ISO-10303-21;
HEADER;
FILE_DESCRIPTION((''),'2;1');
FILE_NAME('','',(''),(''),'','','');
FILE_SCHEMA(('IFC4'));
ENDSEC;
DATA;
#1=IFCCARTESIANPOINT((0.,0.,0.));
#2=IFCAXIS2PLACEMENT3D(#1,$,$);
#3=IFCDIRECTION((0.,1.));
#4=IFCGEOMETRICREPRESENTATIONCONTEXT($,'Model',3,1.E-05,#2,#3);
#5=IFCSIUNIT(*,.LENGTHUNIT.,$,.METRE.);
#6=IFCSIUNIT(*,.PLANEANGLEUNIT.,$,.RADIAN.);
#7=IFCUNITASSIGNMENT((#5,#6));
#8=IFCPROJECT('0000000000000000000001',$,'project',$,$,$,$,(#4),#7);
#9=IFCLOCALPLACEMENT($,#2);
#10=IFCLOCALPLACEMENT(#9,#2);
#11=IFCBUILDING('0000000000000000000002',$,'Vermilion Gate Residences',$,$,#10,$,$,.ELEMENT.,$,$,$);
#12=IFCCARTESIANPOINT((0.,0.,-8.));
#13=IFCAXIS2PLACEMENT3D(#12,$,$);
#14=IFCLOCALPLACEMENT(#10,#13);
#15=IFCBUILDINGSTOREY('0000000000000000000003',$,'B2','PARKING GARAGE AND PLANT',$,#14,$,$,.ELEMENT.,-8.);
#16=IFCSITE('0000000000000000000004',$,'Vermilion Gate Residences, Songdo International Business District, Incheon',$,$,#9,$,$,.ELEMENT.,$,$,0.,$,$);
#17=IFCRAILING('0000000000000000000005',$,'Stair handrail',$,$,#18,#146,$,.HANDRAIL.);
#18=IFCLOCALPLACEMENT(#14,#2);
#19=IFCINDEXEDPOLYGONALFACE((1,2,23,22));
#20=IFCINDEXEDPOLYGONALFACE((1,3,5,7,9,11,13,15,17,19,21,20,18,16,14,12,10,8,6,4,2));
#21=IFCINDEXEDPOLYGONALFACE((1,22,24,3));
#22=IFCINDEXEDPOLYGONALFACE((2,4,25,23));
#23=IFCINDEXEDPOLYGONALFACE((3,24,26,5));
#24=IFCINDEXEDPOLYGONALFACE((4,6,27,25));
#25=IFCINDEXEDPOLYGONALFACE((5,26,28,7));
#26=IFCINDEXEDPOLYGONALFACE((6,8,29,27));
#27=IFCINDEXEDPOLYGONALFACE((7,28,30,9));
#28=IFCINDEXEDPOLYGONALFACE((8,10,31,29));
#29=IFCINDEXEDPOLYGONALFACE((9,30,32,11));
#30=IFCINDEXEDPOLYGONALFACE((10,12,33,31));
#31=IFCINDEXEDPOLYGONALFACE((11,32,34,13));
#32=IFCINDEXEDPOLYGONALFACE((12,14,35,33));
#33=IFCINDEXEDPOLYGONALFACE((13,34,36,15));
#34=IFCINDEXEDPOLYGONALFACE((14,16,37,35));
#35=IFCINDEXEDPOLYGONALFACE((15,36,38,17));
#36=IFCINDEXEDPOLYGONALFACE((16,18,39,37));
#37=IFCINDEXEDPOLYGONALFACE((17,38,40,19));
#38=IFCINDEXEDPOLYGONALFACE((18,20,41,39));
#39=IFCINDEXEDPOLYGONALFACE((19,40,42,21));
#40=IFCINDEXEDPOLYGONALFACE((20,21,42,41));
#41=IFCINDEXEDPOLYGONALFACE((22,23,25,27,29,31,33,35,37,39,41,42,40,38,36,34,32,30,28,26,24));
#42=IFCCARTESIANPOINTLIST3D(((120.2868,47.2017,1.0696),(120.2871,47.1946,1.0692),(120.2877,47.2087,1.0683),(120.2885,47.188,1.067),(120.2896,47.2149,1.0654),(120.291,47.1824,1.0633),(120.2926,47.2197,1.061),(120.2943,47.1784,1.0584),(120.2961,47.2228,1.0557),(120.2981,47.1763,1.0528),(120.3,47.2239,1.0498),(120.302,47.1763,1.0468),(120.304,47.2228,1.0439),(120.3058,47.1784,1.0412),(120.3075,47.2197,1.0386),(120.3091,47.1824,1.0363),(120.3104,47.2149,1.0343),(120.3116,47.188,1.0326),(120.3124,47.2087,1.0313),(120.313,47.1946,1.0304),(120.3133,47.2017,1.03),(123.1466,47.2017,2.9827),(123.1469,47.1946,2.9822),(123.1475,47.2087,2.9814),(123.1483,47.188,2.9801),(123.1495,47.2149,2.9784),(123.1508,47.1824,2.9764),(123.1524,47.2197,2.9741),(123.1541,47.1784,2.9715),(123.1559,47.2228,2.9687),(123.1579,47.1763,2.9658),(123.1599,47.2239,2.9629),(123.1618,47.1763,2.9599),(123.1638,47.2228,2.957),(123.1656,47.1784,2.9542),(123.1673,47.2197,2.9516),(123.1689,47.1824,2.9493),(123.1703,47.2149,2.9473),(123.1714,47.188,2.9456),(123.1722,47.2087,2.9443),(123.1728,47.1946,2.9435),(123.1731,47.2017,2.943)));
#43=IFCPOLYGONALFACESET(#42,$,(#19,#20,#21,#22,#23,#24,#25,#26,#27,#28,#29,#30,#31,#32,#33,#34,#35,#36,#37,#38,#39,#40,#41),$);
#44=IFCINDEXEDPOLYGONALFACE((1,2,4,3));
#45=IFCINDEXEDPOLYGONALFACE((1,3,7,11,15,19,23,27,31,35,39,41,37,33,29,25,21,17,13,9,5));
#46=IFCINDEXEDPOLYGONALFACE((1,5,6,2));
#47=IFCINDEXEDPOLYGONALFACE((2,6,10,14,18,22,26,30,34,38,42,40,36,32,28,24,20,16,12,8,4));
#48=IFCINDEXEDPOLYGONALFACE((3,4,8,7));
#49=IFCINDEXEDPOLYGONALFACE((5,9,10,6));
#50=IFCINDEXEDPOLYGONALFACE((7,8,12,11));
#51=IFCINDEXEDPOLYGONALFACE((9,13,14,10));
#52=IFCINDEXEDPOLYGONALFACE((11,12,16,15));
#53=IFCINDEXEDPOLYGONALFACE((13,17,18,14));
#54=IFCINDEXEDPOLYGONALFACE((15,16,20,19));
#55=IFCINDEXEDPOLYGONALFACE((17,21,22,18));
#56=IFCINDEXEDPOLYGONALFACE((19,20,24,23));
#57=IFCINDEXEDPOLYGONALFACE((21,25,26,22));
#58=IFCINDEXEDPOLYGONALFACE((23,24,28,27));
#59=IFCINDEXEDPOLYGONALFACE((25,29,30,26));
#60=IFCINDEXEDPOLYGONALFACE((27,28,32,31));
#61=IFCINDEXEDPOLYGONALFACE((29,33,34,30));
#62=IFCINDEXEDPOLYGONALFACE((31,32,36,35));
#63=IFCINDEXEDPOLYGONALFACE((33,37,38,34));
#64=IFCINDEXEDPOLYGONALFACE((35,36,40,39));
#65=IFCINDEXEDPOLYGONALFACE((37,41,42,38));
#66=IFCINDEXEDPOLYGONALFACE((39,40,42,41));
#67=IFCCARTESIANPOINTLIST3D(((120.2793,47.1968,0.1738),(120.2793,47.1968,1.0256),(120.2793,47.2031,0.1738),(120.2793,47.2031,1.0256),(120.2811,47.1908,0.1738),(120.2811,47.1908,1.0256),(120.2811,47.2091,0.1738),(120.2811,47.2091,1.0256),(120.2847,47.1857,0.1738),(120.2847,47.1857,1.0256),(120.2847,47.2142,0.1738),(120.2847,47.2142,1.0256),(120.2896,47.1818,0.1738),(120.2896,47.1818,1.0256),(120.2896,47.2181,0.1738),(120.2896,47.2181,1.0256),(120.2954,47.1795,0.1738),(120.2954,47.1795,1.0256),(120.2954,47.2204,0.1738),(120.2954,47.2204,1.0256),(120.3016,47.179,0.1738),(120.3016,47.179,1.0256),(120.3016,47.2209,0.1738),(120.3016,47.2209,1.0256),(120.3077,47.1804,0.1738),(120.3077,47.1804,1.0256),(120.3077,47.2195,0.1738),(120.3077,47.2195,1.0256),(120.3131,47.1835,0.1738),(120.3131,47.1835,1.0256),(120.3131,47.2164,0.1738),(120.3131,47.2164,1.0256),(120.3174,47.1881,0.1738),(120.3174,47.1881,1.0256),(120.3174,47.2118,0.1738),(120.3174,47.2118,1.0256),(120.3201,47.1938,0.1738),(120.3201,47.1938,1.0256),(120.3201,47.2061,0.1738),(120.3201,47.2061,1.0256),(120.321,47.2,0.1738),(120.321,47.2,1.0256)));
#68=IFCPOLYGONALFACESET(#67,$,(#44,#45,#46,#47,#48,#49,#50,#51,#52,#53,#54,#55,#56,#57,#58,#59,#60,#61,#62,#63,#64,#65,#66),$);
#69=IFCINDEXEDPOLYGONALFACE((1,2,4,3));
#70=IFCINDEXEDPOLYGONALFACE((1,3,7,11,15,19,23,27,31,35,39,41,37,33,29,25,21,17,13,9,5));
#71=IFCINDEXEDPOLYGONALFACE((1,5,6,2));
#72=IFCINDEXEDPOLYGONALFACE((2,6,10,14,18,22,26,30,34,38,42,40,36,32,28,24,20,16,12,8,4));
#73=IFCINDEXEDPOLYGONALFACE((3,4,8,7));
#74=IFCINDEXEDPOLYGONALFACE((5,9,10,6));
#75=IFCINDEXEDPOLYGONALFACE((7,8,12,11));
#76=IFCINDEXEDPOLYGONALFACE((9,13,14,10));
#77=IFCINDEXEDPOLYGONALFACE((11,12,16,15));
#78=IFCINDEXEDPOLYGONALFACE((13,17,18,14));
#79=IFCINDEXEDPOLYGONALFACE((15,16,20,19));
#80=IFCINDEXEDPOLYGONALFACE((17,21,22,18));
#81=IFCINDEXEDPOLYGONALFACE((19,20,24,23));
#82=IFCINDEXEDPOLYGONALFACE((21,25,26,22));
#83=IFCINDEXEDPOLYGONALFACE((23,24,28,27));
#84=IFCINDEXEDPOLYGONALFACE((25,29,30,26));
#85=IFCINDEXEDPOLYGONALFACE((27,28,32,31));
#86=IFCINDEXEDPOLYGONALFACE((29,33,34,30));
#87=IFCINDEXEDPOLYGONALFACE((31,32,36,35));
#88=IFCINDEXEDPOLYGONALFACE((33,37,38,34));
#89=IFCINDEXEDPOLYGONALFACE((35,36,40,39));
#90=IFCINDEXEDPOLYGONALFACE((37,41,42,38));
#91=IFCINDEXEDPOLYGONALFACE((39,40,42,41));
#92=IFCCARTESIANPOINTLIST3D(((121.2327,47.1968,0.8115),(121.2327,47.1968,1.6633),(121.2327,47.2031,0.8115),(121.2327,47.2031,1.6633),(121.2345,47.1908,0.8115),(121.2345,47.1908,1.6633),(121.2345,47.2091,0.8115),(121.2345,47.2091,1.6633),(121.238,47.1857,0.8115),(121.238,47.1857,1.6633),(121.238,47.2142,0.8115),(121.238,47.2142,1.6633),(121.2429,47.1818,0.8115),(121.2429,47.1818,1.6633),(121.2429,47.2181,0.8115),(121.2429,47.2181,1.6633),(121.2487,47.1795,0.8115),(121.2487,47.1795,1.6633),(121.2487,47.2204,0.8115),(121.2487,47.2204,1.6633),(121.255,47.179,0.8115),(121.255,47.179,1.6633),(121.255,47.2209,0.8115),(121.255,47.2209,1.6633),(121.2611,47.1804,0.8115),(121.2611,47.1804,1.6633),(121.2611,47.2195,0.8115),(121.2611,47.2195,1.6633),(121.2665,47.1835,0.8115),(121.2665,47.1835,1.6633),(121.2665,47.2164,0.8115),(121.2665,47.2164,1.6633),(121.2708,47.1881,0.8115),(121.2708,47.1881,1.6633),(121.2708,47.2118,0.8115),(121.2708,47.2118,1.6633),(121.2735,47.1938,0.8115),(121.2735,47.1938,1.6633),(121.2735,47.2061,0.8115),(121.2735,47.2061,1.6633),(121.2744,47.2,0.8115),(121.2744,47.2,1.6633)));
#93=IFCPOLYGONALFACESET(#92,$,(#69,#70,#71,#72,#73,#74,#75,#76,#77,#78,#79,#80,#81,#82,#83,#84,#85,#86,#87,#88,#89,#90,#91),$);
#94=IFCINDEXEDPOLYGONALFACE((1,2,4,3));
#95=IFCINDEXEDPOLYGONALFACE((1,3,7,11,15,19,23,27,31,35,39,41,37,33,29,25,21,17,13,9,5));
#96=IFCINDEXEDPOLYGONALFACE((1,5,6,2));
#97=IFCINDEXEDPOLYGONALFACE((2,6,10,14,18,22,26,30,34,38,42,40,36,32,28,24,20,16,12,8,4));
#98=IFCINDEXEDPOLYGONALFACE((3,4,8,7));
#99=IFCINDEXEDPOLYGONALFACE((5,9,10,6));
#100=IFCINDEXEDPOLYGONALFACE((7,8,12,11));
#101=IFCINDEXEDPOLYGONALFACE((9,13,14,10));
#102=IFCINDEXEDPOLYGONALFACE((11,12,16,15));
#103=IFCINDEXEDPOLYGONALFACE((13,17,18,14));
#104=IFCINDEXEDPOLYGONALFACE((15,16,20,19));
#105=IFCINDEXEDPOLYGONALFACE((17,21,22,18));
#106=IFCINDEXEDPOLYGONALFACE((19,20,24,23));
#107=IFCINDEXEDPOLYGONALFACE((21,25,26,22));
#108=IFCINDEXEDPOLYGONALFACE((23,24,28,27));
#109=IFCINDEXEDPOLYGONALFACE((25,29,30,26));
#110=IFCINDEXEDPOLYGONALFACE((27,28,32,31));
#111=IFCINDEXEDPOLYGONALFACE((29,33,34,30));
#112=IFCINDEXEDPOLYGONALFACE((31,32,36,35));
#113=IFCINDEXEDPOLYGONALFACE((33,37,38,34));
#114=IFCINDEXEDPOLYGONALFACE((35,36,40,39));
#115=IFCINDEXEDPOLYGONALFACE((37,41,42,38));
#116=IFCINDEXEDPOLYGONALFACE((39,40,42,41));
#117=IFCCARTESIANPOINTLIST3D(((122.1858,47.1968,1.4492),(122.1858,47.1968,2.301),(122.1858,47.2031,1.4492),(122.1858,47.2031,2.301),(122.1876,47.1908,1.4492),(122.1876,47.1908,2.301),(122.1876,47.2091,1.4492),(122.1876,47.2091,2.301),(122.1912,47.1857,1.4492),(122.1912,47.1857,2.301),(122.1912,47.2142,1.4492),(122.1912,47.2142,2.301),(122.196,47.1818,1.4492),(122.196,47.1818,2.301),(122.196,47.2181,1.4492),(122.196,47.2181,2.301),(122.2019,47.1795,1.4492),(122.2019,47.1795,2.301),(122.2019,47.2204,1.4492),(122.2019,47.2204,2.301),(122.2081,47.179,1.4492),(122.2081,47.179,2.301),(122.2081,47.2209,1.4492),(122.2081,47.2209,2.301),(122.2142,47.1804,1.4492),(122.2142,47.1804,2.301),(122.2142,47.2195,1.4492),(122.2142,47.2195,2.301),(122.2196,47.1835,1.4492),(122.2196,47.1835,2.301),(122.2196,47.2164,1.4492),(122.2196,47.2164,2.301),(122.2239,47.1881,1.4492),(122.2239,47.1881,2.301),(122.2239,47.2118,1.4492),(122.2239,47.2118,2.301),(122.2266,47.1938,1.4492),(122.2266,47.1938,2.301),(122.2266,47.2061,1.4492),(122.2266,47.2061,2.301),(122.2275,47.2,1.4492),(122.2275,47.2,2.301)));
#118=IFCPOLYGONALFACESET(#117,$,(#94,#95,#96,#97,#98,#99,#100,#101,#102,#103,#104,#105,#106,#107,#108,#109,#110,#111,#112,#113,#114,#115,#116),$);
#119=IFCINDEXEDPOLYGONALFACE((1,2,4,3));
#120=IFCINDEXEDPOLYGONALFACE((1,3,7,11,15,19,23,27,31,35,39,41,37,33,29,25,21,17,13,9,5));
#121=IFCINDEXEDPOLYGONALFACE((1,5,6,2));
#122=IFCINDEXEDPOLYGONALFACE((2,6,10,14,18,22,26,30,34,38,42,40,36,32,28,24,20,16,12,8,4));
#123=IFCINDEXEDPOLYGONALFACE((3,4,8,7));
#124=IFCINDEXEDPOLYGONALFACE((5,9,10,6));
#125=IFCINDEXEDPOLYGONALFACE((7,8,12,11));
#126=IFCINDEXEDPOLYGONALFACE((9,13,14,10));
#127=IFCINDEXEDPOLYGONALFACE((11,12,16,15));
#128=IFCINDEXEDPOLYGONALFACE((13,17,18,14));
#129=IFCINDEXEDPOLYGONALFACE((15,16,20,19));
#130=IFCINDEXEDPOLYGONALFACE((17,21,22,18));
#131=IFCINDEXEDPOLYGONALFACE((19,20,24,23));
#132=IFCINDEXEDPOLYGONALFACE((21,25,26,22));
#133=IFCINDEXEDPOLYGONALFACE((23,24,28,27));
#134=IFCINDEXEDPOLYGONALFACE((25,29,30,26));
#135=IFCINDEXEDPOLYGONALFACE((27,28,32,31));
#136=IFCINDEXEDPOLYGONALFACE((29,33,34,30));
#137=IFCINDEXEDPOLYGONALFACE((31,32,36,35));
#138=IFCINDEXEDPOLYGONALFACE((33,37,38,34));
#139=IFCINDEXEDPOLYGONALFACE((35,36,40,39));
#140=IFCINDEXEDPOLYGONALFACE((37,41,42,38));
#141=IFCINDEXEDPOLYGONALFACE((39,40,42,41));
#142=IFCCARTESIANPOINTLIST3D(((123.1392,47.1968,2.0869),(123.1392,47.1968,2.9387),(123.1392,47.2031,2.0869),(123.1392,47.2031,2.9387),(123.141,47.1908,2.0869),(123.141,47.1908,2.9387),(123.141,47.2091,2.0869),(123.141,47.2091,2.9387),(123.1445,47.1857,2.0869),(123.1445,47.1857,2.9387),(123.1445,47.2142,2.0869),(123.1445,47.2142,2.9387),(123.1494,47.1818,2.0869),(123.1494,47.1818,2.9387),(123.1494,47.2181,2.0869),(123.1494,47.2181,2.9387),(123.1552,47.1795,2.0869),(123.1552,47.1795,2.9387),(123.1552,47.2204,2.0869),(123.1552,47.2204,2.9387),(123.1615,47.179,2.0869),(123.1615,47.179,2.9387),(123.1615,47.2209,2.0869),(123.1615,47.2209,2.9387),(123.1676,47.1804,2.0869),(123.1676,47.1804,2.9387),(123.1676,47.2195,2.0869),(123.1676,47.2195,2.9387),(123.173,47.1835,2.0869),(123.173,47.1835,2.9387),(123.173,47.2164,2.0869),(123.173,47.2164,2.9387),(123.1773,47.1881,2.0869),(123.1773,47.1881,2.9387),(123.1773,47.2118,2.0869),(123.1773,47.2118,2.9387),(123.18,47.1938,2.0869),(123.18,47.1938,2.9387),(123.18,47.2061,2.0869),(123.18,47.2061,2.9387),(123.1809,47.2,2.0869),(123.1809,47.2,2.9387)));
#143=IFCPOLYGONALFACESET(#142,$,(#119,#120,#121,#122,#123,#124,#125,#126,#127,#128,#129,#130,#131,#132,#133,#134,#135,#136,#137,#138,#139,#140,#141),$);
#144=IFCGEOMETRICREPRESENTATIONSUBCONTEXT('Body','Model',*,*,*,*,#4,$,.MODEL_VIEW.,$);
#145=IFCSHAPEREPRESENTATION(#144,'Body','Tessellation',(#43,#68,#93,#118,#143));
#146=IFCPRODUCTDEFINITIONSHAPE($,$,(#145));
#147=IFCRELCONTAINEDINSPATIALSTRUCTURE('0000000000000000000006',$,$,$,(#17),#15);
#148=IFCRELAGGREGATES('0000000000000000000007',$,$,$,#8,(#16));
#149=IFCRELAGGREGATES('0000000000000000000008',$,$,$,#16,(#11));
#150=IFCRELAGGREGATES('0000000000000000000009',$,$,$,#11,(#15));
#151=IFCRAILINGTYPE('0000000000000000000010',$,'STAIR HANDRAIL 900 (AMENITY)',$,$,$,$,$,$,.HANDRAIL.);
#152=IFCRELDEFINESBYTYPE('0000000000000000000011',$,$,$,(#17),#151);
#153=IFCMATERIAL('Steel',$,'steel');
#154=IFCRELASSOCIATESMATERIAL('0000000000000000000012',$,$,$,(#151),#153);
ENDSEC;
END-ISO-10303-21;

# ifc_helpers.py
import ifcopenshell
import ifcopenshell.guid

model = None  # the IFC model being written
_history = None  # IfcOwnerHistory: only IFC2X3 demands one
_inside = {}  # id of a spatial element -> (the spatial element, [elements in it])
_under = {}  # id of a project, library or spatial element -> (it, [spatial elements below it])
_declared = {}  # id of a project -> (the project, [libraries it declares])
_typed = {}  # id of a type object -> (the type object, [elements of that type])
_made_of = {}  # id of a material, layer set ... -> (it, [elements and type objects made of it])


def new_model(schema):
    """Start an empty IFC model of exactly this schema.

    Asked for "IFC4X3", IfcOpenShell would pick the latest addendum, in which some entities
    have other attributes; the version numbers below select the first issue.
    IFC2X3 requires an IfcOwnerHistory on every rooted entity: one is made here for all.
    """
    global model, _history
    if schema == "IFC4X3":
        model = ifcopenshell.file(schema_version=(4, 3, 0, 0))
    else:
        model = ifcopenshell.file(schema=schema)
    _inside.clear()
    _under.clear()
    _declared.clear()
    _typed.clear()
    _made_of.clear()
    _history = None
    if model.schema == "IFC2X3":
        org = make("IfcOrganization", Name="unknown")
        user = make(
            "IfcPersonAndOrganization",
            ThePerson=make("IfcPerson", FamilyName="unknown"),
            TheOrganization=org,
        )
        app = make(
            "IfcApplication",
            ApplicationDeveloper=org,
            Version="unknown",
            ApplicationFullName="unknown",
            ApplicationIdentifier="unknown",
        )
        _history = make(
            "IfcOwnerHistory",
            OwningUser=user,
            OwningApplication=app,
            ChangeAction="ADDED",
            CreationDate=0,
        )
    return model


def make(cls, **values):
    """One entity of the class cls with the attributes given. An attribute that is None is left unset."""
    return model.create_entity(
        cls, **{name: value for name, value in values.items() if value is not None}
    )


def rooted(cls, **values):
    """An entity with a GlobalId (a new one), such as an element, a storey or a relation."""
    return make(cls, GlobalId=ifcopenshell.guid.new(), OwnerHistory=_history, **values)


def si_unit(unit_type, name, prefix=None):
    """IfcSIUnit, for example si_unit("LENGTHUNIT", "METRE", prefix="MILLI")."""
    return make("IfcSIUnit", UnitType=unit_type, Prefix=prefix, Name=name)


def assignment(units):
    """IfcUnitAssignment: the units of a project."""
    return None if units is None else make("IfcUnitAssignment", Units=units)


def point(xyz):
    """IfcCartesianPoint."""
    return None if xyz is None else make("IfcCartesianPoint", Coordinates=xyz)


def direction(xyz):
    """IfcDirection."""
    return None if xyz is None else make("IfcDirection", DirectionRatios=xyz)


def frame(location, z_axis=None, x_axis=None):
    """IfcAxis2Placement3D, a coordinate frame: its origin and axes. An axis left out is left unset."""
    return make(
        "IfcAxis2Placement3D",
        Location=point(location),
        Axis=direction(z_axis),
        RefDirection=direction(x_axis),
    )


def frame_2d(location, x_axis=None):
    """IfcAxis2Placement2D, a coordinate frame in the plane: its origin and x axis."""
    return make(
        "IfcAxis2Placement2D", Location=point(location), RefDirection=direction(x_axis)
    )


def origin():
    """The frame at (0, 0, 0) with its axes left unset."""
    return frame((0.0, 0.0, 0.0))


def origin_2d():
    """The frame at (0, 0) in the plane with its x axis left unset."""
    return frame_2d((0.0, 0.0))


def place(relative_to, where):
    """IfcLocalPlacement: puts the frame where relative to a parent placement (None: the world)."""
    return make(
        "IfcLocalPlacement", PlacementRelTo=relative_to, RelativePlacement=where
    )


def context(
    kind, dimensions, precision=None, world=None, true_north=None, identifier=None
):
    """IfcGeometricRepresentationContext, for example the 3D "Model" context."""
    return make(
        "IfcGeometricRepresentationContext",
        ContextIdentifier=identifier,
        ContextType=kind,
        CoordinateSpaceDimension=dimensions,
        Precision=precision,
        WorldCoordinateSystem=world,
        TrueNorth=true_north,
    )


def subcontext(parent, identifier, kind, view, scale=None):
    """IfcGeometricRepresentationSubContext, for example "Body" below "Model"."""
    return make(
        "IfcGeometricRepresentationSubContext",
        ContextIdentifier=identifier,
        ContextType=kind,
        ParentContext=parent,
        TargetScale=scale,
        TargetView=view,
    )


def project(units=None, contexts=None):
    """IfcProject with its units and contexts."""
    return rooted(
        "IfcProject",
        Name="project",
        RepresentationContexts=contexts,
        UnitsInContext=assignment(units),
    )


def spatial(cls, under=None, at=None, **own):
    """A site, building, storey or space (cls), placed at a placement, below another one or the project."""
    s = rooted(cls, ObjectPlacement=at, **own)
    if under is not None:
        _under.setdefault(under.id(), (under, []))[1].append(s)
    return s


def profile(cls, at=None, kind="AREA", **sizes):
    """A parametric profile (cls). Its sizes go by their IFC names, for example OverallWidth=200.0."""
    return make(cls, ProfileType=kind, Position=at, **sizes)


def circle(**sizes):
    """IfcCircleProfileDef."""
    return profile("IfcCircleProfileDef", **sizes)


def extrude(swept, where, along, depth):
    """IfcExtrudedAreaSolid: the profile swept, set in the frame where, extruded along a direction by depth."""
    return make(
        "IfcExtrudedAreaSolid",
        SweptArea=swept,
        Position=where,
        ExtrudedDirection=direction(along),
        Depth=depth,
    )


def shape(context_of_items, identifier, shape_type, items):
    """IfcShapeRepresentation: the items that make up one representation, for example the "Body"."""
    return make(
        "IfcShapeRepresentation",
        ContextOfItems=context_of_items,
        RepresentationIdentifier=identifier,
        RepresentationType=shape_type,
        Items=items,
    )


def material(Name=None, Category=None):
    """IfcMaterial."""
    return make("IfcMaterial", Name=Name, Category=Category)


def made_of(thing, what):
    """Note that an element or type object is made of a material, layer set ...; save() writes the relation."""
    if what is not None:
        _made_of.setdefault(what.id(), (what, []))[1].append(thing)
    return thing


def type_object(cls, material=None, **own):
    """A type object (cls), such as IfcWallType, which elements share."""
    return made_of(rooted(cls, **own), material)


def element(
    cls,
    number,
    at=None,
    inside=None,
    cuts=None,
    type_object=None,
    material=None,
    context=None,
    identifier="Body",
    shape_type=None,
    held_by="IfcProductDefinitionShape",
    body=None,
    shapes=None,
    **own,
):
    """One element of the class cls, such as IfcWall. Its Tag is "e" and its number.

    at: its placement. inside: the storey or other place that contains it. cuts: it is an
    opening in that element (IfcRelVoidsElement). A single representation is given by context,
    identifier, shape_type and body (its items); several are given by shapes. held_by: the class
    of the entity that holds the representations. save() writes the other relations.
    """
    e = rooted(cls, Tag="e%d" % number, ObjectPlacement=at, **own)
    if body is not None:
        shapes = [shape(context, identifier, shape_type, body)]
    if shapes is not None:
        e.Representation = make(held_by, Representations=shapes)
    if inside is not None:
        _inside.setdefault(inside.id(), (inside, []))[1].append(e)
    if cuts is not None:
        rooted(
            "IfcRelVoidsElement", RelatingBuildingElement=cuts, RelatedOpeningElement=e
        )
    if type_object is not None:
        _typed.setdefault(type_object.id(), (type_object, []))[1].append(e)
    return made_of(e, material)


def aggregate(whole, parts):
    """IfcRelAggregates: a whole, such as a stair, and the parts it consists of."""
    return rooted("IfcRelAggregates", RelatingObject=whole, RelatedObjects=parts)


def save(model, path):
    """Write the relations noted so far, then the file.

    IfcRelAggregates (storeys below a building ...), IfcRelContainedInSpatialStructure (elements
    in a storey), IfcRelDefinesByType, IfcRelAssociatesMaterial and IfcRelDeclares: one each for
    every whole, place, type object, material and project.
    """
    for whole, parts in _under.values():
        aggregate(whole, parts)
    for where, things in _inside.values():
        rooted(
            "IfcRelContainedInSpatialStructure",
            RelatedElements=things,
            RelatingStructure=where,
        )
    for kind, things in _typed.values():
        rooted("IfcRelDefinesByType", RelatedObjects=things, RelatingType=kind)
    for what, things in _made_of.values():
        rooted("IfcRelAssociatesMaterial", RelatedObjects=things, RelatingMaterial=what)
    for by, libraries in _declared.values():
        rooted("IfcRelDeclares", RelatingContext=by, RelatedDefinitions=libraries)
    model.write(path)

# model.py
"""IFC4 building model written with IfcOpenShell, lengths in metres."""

from ifc_helpers import new_model, si_unit, direction, frame, origin, origin_2d, place, context, subcontext, project, spatial, circle, extrude, material, type_object, element, save


model = new_model("IFC4")

# Units and contexts
model_context = context("Model", 3, precision=1e-05, world=origin(), true_north=direction((0.0, 1.0)))
body_context = subcontext(model_context, "Body", "Model", "MODEL_VIEW")
ifc_project = project(units=[si_unit("LENGTHUNIT", "METRE"), si_unit("PLANEANGLEUNIT", "RADIAN")], contexts=[model_context])

# Site, building, storey
site_placement = place(None, origin())
site = spatial("IfcSite", under=ifc_project, at=site_placement, Name="Vermilion Gate Residences, Songdo International Business District, Incheon", CompositionType="ELEMENT", RefElevation=0.0)
building_placement = place(site_placement, origin())
building = spatial("IfcBuilding", under=site, at=building_placement, Name="Vermilion Gate Residences", CompositionType="ELEMENT")
storey_placement = place(building_placement, frame((0.0, 0.0, -8.0)))
storey = spatial("IfcBuildingStorey", under=building, at=storey_placement, Name="B2", Description="PARKING GARAGE AND PLANT", CompositionType="ELEMENT", Elevation=-8.0)

# Railing
ifc_material_1 = material(Name="Steel", Category="steel")
railing_type = type_object("IfcRailingType", Name="STAIR HANDRAIL 900 (AMENITY)", PredefinedType="HANDRAIL", material=ifc_material_1)
railing_1_placement = place(storey_placement, frame((120.3, 47.2, 0.1738)))
element("IfcRailing", 1, at=railing_1_placement, inside=storey, type_object=railing_type, Name="Stair handrail", PredefinedType="HANDRAIL", context=body_context, shape_type="SweptSolid", body=[
    extrude(circle(Radius=0.0239, at=origin_2d()), frame((0.0, 0.0, 0.876), z_axis=(0.831176, 0.0, 0.556009), x_axis=(0.0, 1.0, 0.0)), (0.0, 0.0, 1.0), 3.4407),
    extrude(circle(Radius=0.021, at=origin_2d()), origin(), (0.0, 0.0, 1.0), 0.8518),
    extrude(circle(Radius=0.021, at=origin_2d()), frame((0.9534, 0.0, 0.6377)), (0.0, 0.0, 1.0), 0.8518),
    extrude(circle(Radius=0.021, at=origin_2d()), frame((1.9065, 0.0, 1.2754)), (0.0, 0.0, 1.0), 0.8518),
    extrude(circle(Radius=0.021, at=origin_2d()), frame((2.8599, 0.0, 1.9131)), (0.0, 0.0, 1.0), 0.8518),
])

save(model, "model.ifc")
